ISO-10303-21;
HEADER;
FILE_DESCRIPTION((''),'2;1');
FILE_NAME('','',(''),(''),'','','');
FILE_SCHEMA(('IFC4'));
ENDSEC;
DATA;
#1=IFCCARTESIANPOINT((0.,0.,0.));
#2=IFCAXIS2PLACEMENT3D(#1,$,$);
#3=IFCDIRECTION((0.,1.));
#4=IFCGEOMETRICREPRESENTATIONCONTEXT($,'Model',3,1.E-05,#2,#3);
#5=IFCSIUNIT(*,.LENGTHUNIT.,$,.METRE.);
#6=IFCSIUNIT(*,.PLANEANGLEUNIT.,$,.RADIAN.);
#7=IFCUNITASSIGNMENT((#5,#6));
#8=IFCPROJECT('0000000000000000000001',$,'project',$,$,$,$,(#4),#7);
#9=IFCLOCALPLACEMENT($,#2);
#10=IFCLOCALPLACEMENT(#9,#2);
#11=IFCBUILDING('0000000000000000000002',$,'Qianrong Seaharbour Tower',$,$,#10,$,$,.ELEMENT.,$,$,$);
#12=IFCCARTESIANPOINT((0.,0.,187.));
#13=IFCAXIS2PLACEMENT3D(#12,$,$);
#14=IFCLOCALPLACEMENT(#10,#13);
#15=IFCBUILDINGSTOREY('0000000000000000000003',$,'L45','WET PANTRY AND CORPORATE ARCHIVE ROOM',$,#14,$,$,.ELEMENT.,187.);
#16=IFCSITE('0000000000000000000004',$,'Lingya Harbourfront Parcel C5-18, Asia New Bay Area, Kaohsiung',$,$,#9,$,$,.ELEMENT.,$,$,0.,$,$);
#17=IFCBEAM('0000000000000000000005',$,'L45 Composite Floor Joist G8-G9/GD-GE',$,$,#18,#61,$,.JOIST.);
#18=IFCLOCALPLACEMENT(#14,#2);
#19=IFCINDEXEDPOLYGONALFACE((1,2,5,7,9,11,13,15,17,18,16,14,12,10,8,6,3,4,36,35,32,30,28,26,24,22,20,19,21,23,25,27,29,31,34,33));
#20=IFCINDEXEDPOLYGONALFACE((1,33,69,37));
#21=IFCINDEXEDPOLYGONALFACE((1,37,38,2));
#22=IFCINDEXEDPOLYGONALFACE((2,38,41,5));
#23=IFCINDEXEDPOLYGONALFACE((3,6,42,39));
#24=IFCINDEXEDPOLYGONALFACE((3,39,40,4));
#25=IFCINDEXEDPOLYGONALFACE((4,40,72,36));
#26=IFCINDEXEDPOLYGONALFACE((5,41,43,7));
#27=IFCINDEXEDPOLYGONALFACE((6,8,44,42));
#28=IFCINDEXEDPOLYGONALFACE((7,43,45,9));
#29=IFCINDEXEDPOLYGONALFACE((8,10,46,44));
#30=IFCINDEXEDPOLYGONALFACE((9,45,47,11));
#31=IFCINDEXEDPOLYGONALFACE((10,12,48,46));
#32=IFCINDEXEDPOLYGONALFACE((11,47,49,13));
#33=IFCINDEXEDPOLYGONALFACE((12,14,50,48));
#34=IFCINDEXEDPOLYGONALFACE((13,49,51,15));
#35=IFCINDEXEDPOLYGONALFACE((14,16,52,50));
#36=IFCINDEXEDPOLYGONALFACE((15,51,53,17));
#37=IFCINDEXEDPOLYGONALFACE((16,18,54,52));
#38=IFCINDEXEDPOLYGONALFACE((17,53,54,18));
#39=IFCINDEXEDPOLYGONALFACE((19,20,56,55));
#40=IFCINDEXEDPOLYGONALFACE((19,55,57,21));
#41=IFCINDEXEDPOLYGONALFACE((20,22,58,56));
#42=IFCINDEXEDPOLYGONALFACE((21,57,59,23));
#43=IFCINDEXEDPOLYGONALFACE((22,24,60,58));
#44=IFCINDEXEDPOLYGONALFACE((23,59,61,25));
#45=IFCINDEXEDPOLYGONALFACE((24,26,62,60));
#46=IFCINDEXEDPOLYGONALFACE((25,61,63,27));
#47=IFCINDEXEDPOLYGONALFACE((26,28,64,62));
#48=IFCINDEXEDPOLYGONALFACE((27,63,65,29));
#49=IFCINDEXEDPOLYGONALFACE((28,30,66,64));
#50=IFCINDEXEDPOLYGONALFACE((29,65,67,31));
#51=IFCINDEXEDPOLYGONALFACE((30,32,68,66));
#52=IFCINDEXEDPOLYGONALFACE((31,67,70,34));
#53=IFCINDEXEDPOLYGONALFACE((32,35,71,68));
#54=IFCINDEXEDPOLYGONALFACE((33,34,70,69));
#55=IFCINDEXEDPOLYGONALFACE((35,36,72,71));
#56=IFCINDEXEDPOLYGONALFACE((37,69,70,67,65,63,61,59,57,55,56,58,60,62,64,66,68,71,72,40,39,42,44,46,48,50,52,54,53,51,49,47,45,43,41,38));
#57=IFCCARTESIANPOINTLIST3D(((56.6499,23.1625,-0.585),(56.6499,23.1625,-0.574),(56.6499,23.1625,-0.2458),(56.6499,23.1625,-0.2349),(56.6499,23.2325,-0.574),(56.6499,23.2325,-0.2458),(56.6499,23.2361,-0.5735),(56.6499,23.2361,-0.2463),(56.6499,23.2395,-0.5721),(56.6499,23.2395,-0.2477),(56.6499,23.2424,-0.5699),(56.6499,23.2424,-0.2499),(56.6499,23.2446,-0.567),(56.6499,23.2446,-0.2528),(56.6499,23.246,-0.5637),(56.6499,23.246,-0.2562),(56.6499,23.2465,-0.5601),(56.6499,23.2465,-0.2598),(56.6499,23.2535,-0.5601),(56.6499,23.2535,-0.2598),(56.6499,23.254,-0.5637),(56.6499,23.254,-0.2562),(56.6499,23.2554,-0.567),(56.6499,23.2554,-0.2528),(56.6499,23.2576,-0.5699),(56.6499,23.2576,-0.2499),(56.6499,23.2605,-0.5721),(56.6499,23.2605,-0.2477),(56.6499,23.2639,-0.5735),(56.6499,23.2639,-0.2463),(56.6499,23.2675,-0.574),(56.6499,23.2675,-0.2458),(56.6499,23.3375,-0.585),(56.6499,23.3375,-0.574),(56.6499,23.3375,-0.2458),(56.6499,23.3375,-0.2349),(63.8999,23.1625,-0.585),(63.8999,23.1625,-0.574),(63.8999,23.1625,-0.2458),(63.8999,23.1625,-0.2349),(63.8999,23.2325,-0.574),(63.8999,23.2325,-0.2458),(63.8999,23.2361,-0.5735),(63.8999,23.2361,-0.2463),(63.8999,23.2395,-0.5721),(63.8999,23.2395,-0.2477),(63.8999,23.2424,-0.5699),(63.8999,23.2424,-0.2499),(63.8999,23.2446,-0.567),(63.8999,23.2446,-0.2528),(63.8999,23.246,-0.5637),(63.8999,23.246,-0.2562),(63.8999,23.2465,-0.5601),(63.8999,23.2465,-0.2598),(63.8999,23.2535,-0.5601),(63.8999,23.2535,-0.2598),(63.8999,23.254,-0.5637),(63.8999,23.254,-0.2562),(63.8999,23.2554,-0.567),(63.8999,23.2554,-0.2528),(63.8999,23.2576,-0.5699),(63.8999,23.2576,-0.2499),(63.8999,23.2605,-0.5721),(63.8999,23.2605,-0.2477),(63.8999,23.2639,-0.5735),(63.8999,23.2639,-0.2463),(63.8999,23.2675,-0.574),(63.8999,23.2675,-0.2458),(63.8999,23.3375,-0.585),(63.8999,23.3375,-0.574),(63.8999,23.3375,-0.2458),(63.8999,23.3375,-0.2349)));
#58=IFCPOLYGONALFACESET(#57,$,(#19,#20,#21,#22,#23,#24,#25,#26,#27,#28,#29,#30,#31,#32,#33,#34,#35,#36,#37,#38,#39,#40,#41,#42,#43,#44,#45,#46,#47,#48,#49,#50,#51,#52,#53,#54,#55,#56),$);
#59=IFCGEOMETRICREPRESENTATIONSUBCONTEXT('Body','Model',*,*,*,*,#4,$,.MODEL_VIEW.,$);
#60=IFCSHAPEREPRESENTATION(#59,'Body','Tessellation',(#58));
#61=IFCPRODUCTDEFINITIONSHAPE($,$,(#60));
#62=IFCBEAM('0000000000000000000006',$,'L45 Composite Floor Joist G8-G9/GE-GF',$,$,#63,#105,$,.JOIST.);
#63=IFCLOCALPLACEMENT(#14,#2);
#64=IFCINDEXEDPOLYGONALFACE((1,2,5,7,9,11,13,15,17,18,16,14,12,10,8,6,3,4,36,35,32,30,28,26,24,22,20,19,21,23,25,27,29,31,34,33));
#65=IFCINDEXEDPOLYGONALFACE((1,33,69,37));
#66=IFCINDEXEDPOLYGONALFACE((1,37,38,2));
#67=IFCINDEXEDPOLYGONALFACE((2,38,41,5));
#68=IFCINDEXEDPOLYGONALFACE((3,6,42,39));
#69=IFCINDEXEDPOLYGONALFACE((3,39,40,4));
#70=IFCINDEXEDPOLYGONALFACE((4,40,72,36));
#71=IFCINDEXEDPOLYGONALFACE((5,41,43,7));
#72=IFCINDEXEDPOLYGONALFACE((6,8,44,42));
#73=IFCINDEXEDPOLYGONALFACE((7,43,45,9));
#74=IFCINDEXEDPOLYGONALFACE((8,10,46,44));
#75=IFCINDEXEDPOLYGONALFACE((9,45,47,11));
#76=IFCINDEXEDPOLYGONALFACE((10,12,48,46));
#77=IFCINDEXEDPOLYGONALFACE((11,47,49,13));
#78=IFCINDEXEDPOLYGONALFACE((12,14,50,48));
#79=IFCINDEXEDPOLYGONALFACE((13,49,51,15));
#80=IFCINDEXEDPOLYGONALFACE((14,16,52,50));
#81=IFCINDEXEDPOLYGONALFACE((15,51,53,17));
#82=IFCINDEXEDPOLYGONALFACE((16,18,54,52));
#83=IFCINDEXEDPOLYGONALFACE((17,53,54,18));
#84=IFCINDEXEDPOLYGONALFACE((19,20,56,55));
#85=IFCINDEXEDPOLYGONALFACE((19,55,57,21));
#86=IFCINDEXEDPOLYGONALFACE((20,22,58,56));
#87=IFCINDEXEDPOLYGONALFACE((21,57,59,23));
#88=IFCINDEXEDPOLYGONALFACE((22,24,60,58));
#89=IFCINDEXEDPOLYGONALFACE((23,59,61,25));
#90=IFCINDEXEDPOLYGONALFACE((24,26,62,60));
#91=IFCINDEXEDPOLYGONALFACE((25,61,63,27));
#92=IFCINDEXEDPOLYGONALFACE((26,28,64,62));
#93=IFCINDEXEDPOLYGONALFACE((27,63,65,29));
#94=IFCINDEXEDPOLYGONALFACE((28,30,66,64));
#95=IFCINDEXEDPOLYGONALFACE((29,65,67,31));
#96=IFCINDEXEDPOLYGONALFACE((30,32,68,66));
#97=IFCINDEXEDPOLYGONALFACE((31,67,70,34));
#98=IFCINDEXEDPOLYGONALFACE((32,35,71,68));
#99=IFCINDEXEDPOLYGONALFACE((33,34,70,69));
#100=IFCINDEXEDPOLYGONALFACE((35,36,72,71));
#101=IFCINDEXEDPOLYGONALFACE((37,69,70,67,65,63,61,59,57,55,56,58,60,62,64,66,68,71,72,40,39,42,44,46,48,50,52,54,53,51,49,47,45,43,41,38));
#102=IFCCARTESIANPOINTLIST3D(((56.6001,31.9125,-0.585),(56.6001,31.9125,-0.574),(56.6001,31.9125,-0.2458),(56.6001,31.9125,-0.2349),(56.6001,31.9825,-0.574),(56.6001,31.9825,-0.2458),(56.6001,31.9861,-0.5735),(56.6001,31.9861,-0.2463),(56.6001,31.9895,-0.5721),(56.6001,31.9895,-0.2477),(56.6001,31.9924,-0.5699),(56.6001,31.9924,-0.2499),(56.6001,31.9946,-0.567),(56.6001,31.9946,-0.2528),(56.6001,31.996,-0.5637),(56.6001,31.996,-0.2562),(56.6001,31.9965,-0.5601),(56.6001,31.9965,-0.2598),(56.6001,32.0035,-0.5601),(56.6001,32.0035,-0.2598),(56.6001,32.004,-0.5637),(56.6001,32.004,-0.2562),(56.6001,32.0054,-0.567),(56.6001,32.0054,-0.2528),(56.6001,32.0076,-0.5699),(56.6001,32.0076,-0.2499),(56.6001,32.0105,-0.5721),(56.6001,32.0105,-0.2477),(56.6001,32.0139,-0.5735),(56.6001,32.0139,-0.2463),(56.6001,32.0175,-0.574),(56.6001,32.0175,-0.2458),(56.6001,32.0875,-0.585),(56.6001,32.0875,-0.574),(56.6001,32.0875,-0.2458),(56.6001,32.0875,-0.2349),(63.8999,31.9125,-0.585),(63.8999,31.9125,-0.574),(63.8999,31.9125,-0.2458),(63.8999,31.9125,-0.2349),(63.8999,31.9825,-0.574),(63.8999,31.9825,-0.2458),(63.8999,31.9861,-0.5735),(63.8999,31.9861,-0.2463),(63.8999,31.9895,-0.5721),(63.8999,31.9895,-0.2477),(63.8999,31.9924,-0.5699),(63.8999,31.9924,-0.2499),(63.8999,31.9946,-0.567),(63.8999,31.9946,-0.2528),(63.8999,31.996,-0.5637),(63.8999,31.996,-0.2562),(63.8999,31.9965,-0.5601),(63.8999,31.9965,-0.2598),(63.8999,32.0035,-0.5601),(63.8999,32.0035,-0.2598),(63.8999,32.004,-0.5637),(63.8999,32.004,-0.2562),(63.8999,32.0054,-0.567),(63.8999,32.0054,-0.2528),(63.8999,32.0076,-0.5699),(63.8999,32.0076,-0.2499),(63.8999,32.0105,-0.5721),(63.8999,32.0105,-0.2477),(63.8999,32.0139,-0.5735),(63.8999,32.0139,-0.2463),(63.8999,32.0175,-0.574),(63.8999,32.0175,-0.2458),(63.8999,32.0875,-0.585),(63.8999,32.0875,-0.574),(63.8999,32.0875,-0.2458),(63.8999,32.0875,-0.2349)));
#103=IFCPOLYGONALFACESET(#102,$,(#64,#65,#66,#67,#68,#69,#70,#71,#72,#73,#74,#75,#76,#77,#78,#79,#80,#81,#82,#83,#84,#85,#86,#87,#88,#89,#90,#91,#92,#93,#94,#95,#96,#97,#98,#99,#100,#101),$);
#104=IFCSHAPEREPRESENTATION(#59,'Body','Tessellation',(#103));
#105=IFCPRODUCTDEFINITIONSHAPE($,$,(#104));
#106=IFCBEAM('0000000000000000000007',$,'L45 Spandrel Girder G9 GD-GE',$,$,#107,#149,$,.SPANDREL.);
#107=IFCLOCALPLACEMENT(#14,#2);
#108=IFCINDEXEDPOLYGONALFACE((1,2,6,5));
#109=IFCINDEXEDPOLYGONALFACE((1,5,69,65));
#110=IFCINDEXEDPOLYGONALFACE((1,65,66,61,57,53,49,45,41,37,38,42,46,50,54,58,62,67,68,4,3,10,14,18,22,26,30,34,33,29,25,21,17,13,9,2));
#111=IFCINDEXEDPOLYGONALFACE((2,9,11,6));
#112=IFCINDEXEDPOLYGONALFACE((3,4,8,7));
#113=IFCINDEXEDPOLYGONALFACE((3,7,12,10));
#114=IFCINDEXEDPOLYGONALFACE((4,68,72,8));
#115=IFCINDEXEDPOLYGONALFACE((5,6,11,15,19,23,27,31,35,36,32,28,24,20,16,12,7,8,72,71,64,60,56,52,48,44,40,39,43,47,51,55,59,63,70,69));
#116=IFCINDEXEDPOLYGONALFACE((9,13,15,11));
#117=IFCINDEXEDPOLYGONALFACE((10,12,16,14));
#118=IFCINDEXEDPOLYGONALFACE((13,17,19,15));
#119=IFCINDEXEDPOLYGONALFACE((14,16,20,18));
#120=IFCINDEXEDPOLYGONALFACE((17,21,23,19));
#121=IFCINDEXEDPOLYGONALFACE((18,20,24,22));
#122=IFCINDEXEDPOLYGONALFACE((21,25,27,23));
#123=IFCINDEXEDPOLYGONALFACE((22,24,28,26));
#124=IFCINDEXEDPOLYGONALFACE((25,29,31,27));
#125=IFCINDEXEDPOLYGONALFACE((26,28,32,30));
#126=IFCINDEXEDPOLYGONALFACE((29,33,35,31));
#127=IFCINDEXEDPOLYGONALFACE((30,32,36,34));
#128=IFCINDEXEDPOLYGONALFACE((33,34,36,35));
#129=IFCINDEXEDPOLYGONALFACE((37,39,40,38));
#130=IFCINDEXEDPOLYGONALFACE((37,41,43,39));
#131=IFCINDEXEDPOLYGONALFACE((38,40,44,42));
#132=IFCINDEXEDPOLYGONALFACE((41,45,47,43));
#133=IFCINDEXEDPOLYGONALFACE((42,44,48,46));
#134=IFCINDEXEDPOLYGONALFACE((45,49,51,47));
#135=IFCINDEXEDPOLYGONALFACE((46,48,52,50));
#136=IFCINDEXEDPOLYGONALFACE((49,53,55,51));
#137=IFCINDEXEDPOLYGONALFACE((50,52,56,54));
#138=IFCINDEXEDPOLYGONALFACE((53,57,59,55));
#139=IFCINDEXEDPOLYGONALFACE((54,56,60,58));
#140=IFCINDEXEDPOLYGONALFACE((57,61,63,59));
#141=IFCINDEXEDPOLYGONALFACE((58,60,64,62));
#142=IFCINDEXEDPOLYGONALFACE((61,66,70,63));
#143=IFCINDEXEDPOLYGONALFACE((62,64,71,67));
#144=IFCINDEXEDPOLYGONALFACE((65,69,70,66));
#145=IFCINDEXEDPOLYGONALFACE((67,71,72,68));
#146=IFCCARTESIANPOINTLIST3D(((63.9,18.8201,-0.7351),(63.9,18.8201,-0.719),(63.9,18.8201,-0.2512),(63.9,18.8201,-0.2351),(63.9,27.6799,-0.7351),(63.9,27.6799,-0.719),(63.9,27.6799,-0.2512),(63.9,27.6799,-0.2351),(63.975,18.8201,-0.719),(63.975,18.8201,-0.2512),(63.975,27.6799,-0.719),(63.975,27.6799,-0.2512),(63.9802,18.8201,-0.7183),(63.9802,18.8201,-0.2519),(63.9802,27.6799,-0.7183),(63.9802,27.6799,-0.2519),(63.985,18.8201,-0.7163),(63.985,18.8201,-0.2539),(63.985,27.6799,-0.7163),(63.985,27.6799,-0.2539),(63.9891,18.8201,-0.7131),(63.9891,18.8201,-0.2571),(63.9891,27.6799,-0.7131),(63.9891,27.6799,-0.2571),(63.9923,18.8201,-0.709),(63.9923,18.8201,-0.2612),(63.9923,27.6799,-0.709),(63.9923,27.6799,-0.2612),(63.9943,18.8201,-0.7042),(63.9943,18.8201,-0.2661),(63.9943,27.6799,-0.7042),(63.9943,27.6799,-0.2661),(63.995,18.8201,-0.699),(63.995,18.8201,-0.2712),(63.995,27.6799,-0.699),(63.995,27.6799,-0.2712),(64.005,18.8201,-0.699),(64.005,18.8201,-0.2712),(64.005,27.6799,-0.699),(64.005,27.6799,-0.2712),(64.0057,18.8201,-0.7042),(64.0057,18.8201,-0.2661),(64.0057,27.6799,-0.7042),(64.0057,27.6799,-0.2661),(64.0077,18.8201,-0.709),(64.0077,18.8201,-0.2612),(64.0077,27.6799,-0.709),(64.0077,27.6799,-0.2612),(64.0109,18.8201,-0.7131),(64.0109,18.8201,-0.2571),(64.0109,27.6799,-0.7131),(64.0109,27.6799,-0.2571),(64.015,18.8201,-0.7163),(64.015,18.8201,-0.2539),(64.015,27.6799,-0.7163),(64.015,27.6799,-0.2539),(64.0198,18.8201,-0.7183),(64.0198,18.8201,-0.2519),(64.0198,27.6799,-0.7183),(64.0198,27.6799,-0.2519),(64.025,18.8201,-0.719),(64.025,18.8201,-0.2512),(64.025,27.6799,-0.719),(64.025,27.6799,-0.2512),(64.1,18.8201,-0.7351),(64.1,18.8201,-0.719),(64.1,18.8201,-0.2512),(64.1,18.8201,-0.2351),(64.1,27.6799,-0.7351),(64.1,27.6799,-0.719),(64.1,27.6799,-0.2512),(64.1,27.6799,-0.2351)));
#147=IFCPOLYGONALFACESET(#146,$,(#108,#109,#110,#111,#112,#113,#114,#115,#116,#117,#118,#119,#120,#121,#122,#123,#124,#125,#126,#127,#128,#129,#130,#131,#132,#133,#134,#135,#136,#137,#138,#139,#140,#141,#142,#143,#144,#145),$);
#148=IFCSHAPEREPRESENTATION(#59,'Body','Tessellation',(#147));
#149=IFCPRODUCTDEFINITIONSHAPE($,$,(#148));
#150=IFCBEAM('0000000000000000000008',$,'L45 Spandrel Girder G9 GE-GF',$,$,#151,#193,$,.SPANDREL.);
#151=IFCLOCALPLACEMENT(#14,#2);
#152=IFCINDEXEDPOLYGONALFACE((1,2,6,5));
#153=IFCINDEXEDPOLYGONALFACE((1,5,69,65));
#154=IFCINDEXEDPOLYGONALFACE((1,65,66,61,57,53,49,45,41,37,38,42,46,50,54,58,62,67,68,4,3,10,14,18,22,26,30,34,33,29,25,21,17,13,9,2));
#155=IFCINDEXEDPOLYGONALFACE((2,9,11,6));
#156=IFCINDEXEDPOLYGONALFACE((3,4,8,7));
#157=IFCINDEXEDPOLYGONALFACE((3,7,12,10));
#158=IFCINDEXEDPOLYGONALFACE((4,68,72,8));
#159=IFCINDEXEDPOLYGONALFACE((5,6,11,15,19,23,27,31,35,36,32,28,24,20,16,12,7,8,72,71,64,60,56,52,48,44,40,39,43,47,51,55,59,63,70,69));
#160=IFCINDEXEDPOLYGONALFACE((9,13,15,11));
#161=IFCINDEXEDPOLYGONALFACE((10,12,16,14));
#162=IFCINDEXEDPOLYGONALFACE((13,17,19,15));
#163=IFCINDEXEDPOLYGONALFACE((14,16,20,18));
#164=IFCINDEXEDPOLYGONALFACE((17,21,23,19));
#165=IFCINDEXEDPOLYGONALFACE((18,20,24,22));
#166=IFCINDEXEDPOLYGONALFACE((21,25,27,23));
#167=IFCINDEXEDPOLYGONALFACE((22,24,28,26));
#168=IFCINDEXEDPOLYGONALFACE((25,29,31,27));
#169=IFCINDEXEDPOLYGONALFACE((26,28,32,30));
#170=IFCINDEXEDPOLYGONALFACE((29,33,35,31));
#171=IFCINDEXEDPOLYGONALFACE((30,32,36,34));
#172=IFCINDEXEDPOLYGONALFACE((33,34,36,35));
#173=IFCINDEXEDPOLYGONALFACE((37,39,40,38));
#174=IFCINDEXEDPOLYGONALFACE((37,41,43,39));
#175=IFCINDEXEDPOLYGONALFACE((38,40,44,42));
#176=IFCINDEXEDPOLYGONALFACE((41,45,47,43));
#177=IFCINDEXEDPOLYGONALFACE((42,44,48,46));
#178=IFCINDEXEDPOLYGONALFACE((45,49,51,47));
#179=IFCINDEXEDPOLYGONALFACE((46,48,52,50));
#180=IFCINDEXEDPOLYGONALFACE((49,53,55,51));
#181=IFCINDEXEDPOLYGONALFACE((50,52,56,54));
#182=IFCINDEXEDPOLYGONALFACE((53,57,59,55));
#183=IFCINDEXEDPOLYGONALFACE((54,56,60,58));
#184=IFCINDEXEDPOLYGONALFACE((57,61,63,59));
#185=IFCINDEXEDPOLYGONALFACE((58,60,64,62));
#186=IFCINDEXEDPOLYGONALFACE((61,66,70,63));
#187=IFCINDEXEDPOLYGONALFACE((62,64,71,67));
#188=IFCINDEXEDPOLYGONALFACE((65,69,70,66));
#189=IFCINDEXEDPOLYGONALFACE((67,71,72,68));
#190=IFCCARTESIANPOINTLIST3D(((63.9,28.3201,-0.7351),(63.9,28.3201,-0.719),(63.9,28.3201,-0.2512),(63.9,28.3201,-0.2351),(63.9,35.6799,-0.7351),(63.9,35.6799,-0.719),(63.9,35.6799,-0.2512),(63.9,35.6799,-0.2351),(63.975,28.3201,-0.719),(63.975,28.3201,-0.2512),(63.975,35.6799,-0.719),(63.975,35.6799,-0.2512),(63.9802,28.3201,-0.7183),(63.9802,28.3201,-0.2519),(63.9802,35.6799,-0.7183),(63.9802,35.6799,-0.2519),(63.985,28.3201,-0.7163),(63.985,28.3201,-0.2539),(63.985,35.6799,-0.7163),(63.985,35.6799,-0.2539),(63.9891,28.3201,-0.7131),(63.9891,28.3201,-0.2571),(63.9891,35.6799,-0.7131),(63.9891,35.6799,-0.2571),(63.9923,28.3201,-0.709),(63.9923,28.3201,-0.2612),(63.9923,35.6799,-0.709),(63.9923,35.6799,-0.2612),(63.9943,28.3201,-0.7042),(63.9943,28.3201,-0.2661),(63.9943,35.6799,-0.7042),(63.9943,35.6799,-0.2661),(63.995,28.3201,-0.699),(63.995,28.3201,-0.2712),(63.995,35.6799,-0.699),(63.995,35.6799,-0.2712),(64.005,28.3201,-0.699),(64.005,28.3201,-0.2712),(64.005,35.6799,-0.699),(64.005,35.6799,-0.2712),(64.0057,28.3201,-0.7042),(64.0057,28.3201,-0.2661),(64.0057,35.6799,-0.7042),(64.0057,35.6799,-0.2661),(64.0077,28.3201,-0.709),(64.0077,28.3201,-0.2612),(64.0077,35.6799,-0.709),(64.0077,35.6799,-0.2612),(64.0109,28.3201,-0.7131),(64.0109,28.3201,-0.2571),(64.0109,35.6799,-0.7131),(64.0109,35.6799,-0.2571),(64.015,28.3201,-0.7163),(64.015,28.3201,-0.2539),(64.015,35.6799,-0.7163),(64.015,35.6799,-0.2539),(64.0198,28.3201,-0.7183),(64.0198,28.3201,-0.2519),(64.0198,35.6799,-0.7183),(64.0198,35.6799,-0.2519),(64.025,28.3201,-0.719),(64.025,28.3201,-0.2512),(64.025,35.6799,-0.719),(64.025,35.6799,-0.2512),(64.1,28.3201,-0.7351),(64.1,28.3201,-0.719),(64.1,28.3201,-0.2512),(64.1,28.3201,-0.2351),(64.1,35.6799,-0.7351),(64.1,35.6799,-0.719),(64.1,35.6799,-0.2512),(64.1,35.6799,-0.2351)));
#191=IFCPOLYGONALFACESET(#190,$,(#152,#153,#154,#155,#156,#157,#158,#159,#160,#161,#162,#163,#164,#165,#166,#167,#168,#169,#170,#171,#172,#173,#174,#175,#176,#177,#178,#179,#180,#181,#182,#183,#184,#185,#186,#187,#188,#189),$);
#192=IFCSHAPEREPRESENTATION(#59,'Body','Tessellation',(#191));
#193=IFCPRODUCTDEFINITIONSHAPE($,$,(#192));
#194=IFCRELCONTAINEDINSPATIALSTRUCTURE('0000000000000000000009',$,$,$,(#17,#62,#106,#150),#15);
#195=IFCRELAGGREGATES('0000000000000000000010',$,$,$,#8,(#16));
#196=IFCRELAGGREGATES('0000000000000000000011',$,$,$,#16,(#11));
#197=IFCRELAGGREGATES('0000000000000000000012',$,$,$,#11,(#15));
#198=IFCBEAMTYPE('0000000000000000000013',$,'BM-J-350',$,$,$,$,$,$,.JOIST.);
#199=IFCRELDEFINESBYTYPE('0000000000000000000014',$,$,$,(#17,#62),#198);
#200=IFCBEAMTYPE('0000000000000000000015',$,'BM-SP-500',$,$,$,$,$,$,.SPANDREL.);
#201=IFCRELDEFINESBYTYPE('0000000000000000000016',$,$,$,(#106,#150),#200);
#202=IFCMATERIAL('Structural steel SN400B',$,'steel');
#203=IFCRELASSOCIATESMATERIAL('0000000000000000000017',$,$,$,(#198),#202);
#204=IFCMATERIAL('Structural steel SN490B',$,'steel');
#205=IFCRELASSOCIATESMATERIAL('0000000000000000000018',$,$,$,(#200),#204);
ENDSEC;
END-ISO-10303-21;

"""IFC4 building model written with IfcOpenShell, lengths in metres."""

from ifc_helpers import new_model, si_unit, direction, frame, origin, origin_2d, place, context, subcontext, project, spatial, i_section, extrude, material, material_profile, profile_set, type_object, element, save


model = new_model("IFC4")

# Units and contexts
model_context = context("Model", 3, precision=1e-05, world=origin(), true_north=direction((0.0, 1.0)))
body_context = subcontext(model_context, "Body", "Model", "MODEL_VIEW")
ifc_project = project(units=[si_unit("LENGTHUNIT", "METRE"), si_unit("PLANEANGLEUNIT", "RADIAN")], contexts=[model_context])

# Site, building, storey
site_placement = place(None, origin())
site = spatial("IfcSite", under=ifc_project, at=site_placement, Name="Lingya Harbourfront Parcel C5-18, Asia New Bay Area, Kaohsiung", CompositionType="ELEMENT", RefElevation=0.0)
building_placement = place(site_placement, origin())
building = spatial("IfcBuilding", under=site, at=building_placement, Name="Qianrong Seaharbour Tower", CompositionType="ELEMENT")
storey_placement = place(building_placement, frame((0.0, 0.0, 187.0)))
storey = spatial("IfcBuildingStorey", under=building, at=storey_placement, Name="L45", Description="WET PANTRY AND CORPORATE ARCHIVE ROOM", CompositionType="ELEMENT", Elevation=187.0)

# Shared definitions
ifc_material_1 = material(Name="Structural steel SN490B", Category="steel")

# Beams
ifc_material_2 = material(Name="Structural steel SN400B", Category="steel")
ifc_material_profile_1 = material_profile(ifc_material_2, i_section(OverallWidth=0.175, OverallDepth=0.3501, WebThickness=0.0071, FlangeThickness=0.011, FilletRadius=0.0139, at=origin_2d()), Name="H350x175x7x11")
ifc_profile_set_1 = profile_set([ifc_material_profile_1], Name="Structural steel SN400B")
beam_type_1 = type_object("IfcBeamType", Name="BM-J-350", PredefinedType="JOIST", material=ifc_profile_set_1)
beam_1_placement = place(storey_placement, frame((56.6499, 23.25, -0.4099), z_axis=(1.0, 0.0, 0.0), x_axis=(0.0, 1.0, 0.0)))
element("IfcBeam", 1, at=beam_1_placement, inside=storey, type_object=beam_type_1, Name="L45 Composite Floor Joist G8-G9/GD-GE", PredefinedType="JOIST", context=body_context, shape_type="SweptSolid", body=[
    extrude(i_section(OverallWidth=0.175, OverallDepth=0.3501, WebThickness=0.0071, FlangeThickness=0.011, FilletRadius=0.0139, at=origin_2d()), origin(), (0.0, 0.0, 1.0), 7.25),
])
beam_2_placement = place(storey_placement, frame((56.6001, 32.0, -0.4099), z_axis=(1.0, 0.0, 0.0), x_axis=(0.0, 1.0, 0.0)))
element("IfcBeam", 2, at=beam_2_placement, inside=storey, type_object=beam_type_1, Name="L45 Composite Floor Joist G8-G9/GE-GF", PredefinedType="JOIST", context=body_context, shape_type="SweptSolid", body=[
    extrude(i_section(OverallWidth=0.175, OverallDepth=0.3501, WebThickness=0.0071, FlangeThickness=0.011, FilletRadius=0.0139, at=origin_2d()), origin(), (0.0, 0.0, 1.0), 7.2998),
])
ifc_material_profile_2 = material_profile(ifc_material_1, i_section(OverallWidth=0.2, OverallDepth=0.5, WebThickness=0.01, FlangeThickness=0.0161, FilletRadius=0.02, at=origin_2d()), Name="H500x200x10x16")
ifc_profile_set_2 = profile_set([ifc_material_profile_2], Name="Structural steel SN490B")
beam_type_2 = type_object("IfcBeamType", Name="BM-SP-500", PredefinedType="SPANDREL", material=ifc_profile_set_2)
beam_3_placement = place(storey_placement, frame((64.0, 18.8201, -0.4851), z_axis=(0.0, 1.0, 0.0), x_axis=(-1.0, 0.0, 0.0)))
element("IfcBeam", 3, at=beam_3_placement, inside=storey, type_object=beam_type_2, Name="L45 Spandrel Girder G9 GD-GE", PredefinedType="SPANDREL", context=body_context, shape_type="SweptSolid", body=[
    extrude(i_section(OverallWidth=0.2, OverallDepth=0.5, WebThickness=0.01, FlangeThickness=0.0161, FilletRadius=0.02, at=origin_2d()), origin(), (0.0, 0.0, 1.0), 8.8599),
])
beam_4_placement = place(storey_placement, frame((64.0, 28.3201, -0.4851), z_axis=(0.0, 1.0, 0.0), x_axis=(-1.0, 0.0, 0.0)))
element("IfcBeam", 4, at=beam_4_placement, inside=storey, type_object=beam_type_2, Name="L45 Spandrel Girder G9 GE-GF", PredefinedType="SPANDREL", context=body_context, shape_type="SweptSolid", body=[
    extrude(i_section(OverallWidth=0.2, OverallDepth=0.5, WebThickness=0.01, FlangeThickness=0.0161, FilletRadius=0.02, at=origin_2d()), origin(), (0.0, 0.0, 1.0), 7.3599),
])

save(model, "model.ifc")
